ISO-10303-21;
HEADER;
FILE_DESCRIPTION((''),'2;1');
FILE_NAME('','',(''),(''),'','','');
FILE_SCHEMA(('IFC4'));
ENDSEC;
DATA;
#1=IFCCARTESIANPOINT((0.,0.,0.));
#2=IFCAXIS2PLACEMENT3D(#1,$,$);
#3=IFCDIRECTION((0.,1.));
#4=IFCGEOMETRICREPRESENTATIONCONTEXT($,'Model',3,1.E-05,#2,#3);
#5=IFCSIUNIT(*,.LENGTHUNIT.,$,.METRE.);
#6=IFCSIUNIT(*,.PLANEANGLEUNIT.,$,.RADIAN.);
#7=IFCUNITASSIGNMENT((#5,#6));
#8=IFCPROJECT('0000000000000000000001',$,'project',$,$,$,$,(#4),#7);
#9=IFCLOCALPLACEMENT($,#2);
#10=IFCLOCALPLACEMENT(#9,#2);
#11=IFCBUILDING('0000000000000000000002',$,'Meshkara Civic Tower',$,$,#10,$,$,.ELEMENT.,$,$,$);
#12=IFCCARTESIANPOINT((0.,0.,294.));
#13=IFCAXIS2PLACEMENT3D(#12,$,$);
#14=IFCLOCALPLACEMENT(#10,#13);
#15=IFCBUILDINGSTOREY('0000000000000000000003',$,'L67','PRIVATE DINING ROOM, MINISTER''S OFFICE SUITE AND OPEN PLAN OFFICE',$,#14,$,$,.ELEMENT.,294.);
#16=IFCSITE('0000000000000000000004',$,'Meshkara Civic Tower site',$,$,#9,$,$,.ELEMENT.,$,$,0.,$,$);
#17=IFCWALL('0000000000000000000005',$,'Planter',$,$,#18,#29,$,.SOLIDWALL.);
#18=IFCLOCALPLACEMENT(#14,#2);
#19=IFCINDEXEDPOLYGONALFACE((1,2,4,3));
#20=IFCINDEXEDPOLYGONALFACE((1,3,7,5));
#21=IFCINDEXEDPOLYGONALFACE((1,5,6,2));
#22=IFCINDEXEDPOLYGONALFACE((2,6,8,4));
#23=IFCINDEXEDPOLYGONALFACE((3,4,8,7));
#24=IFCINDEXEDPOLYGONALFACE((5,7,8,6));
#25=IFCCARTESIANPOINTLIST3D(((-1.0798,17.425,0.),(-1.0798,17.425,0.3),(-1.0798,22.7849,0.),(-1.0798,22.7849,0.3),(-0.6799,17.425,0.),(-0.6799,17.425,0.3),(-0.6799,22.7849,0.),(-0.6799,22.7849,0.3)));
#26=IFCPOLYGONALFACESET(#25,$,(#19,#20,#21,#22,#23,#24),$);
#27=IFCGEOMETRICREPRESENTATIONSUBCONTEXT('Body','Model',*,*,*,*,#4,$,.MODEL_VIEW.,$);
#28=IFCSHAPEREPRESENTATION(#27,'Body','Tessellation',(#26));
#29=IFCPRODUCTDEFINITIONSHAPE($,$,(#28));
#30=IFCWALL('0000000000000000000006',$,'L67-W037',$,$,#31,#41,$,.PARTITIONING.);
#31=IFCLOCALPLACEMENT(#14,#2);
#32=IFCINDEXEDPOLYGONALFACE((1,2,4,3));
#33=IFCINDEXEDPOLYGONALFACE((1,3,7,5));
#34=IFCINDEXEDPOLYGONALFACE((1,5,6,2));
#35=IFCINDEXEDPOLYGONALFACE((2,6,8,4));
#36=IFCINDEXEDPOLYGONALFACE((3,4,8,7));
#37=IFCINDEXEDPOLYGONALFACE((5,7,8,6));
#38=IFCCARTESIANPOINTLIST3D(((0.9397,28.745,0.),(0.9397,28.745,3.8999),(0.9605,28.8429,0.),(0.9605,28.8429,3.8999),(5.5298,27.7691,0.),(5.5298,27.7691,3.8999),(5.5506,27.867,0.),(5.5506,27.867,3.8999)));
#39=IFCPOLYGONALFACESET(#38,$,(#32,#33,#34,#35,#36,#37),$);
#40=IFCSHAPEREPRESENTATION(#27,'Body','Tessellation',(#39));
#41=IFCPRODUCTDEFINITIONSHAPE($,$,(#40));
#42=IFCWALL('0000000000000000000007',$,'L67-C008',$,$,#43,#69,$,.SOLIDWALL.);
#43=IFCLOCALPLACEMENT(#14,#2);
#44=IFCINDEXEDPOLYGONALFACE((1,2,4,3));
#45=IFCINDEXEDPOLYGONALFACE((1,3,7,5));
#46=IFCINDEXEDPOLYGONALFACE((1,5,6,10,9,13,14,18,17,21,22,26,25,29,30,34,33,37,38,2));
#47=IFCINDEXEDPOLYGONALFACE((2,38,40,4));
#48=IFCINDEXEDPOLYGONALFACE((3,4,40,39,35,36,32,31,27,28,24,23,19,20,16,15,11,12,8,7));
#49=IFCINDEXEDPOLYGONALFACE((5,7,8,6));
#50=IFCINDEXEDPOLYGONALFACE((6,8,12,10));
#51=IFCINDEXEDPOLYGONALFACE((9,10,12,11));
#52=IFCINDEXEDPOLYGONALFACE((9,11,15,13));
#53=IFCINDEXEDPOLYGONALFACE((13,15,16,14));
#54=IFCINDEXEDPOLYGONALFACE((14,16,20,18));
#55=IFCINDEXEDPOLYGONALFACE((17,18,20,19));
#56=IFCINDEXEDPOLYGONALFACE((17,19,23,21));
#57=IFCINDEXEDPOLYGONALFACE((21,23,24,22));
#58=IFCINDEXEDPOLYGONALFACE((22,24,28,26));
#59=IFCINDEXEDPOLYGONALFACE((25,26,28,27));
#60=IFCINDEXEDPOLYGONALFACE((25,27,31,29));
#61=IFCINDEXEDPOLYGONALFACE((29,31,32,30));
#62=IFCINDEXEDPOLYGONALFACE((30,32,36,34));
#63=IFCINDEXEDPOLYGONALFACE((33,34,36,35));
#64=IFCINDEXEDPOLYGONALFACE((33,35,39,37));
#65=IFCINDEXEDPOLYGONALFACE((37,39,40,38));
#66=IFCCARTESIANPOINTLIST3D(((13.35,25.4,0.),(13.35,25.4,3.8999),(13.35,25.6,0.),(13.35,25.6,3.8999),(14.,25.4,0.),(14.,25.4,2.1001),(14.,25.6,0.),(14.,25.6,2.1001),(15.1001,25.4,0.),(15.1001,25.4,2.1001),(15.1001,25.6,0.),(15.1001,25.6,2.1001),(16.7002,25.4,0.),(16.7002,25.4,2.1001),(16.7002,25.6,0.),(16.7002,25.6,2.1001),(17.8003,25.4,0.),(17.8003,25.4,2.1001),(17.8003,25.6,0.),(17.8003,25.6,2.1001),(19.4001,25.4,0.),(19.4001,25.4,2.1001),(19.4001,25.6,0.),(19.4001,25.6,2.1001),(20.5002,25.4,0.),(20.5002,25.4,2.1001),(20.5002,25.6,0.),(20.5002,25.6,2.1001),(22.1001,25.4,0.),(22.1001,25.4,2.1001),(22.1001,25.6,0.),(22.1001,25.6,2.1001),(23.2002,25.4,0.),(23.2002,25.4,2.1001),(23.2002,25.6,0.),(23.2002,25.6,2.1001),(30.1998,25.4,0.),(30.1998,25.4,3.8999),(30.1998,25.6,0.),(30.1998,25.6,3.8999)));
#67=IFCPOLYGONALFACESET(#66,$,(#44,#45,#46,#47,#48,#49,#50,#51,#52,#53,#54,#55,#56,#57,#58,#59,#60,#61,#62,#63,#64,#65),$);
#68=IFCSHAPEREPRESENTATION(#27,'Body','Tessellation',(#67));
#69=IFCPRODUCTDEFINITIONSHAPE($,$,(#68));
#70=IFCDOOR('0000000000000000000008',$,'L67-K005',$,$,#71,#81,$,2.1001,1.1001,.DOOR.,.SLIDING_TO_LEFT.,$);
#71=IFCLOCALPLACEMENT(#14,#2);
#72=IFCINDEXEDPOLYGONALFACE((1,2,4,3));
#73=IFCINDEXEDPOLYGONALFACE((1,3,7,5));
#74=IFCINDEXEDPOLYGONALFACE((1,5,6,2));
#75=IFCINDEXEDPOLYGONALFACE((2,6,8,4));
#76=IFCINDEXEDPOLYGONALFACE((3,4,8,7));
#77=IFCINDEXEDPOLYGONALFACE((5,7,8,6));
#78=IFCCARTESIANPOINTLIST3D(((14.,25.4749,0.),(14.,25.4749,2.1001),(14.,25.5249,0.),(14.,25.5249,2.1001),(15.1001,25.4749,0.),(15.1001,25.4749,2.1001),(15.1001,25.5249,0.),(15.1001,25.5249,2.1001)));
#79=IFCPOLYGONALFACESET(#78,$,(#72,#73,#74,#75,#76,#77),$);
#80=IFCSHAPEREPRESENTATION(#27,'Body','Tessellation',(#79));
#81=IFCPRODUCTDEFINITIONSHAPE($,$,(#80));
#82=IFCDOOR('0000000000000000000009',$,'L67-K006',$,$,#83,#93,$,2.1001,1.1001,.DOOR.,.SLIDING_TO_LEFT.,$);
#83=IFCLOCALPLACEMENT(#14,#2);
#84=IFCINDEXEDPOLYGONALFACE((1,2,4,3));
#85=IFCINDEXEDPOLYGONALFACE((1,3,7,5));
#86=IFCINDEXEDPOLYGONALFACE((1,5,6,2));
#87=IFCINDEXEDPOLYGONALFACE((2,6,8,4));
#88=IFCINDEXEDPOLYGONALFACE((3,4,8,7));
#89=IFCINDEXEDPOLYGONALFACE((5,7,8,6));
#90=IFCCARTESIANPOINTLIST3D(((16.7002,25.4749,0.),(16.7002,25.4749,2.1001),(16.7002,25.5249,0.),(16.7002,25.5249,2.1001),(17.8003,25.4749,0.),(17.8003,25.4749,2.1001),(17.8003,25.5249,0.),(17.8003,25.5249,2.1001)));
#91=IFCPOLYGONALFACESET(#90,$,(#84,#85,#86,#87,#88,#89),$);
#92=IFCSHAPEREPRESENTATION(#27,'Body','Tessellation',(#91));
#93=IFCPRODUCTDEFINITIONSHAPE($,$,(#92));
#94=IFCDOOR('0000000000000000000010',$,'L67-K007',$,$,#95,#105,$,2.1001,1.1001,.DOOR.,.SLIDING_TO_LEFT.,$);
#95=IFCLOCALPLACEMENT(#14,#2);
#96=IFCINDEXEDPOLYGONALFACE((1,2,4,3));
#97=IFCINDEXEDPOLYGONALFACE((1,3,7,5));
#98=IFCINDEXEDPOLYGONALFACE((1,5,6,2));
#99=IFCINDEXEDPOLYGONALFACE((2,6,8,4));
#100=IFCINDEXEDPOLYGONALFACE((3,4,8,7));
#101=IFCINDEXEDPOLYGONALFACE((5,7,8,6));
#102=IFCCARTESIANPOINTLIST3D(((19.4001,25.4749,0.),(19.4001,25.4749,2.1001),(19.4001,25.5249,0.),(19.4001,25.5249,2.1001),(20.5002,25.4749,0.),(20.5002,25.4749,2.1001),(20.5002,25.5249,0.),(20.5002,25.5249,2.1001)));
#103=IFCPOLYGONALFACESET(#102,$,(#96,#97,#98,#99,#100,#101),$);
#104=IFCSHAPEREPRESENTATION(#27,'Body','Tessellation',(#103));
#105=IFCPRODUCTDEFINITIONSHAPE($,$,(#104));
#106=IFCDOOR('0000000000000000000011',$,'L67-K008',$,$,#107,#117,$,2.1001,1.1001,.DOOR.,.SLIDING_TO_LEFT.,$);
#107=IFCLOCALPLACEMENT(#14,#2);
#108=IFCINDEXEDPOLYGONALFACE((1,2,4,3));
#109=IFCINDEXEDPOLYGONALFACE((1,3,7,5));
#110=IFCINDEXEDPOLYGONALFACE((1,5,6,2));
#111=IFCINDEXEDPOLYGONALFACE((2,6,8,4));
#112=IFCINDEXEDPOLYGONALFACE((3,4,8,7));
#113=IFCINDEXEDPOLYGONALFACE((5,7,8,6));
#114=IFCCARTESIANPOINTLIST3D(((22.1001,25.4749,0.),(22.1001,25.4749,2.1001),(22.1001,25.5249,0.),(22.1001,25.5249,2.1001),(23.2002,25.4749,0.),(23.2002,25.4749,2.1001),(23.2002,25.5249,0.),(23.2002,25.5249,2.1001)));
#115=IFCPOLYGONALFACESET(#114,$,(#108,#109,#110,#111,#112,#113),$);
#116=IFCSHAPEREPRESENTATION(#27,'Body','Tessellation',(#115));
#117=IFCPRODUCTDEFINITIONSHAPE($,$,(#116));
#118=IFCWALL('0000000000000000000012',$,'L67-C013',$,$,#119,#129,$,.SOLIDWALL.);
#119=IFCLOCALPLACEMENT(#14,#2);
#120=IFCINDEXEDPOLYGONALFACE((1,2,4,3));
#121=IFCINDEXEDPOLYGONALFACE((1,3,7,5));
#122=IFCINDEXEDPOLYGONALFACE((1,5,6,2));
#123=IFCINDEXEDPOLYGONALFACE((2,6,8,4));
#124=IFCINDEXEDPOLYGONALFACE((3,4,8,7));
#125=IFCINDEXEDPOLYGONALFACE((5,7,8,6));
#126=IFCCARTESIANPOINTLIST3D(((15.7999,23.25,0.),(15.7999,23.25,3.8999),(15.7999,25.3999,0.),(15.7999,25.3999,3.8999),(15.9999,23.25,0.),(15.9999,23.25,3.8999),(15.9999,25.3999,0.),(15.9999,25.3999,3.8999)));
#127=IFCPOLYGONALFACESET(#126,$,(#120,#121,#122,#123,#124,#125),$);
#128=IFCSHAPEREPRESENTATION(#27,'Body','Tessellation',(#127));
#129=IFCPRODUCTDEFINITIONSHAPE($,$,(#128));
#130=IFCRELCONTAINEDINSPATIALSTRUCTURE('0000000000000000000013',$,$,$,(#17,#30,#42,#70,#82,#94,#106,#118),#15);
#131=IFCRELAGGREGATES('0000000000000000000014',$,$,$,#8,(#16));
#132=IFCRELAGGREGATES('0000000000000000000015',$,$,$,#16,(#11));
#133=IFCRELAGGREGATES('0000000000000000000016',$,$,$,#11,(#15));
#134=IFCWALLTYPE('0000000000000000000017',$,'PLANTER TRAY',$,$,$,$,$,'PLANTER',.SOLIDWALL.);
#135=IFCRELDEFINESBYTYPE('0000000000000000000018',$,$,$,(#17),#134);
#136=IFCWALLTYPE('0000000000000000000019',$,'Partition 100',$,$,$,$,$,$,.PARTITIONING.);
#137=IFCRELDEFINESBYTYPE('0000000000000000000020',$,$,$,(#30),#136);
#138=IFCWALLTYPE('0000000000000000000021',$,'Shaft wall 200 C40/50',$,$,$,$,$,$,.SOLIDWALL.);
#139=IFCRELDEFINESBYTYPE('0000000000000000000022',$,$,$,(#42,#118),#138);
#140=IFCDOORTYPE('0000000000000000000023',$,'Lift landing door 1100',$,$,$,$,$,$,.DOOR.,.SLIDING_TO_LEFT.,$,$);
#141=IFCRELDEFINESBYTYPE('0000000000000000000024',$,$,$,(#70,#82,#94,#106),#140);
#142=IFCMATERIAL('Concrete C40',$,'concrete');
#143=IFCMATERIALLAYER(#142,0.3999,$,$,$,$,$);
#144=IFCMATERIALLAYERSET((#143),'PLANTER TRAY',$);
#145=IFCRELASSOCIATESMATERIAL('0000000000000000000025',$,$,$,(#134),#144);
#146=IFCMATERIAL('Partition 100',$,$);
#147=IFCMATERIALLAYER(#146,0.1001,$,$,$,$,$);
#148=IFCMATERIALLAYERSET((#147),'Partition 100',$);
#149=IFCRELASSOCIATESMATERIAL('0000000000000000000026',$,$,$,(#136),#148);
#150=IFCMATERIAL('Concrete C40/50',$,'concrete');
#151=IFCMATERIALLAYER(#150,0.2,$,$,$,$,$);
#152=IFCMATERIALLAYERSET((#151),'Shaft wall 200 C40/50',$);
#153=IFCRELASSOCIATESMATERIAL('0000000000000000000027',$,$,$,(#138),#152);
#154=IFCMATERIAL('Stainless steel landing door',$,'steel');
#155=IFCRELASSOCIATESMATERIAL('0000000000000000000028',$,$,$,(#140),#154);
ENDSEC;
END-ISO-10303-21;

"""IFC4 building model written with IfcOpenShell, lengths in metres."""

from ifc_helpers import new_model, si_unit, direction, frame, frame_2d, origin, place, context, subcontext, project, spatial, rectangle, extrude, material, layer, layer_set, type_object, element, fill, save


model = new_model("IFC4")

# Units and contexts
model_context = context("Model", 3, precision=1e-05, world=origin(), true_north=direction((0.0, 1.0)))
body_context = subcontext(model_context, "Body", "Model", "MODEL_VIEW")
ifc_project = project(units=[si_unit("LENGTHUNIT", "METRE"), si_unit("PLANEANGLEUNIT", "RADIAN")], contexts=[model_context])

# Site, building, storey
site_placement = place(None, origin())
site = spatial("IfcSite", under=ifc_project, at=site_placement, Name="Meshkara Civic Tower site", CompositionType="ELEMENT", RefElevation=0.0)
building_placement = place(site_placement, origin())
building = spatial("IfcBuilding", under=site, at=building_placement, Name="Meshkara Civic Tower", CompositionType="ELEMENT")
storey_placement = place(building_placement, frame((0.0, 0.0, 294.0)))
storey = spatial("IfcBuildingStorey", under=building, at=storey_placement, Name="L67", Description="PRIVATE DINING ROOM, MINISTER'S OFFICE SUITE AND OPEN PLAN OFFICE", CompositionType="ELEMENT", Elevation=294.0)

# Walls
ifc_material_1 = material(Name="Concrete C40", Category="concrete")
ifc_layer_1 = layer(ifc_material_1, 0.3999)
ifc_layer_set_1 = layer_set([ifc_layer_1], Name="PLANTER TRAY")
wall_type_1 = type_object("IfcWallType", Name="PLANTER TRAY", ElementType="PLANTER", PredefinedType="SOLIDWALL", material=ifc_layer_set_1)
wall_1_placement = place(storey_placement, frame((-0.8799, 22.7849, 0.0), z_axis=(0.0, 0.0, 1.0), x_axis=(0.0, -1.0, 0.0)))
element("IfcWall", 1, at=wall_1_placement, inside=storey, type_object=wall_type_1, Name="Planter", PredefinedType="SOLIDWALL", context=body_context, shape_type="SweptSolid", body=[
    extrude(rectangle(XDim=5.3599, YDim=0.3999, at=frame_2d((2.6799, 0.0))), origin(), (0.0, 0.0, 1.0), 0.3),
])
ifc_material_2 = material(Name="Partition 100")
ifc_layer_2 = layer(ifc_material_2, 0.1001)
ifc_layer_set_2 = layer_set([ifc_layer_2], Name="Partition 100")
wall_type_2 = type_object("IfcWallType", Name="Partition 100", PredefinedType="PARTITIONING", material=ifc_layer_set_2)
wall_2_placement = place(storey_placement, frame((5.54, 27.8181, 0.0), z_axis=(0.0, 0.0, 1.0), x_axis=(-0.97814, 0.207948, 0.0)))
element("IfcWall", 2, at=wall_2_placement, inside=storey, type_object=wall_type_2, Name="L67-W037", PredefinedType="PARTITIONING", context=body_context, shape_type="SweptSolid", body=[
    extrude(rectangle(XDim=4.6926, YDim=0.1001, at=frame_2d((2.3462, 0.0))), origin(), (0.0, 0.0, 1.0), 3.8999),
])

# Wall, openings, doors
ifc_material_3 = material(Name="Concrete C40/50", Category="concrete")
ifc_layer_3 = layer(ifc_material_3, 0.2)
ifc_layer_set_3 = layer_set([ifc_layer_3], Name="Shaft wall 200 C40/50")
wall_type_3 = type_object("IfcWallType", Name="Shaft wall 200 C40/50", PredefinedType="SOLIDWALL", material=ifc_layer_set_3)
wall_3_placement = place(storey_placement, frame((13.3501, 25.5, 0.0), z_axis=(0.0, 0.0, 1.0), x_axis=(1.0, 0.0, 0.0)))
wall_3 = element("IfcWall", 3, at=wall_3_placement, inside=storey, type_object=wall_type_3, Name="L67-C008", PredefinedType="SOLIDWALL", context=body_context, shape_type="SweptSolid", body=[
    extrude(rectangle(XDim=16.8499, YDim=0.2, at=frame_2d((8.4248, 0.0))), origin(), (0.0, 0.0, 1.0), 3.8999),
])
opening_1_placement = place(wall_3_placement, frame((0.6499, 0.0, 0.0)))
opening_1 = element("IfcOpeningElement", 4, at=opening_1_placement, cuts=wall_3, PredefinedType="OPENING", context=body_context, shape_type="SweptSolid", body=[
    extrude(rectangle(XDim=1.1001, YDim=2.1001, at=frame_2d((0.55, 1.05))), frame((0.0, 0.1099, 0.0), z_axis=(0.0, -1.0, 0.0), x_axis=(1.0, 0.0, 0.0)), (0.0, 0.0, 1.0), 0.22),
])
opening_2_placement = place(wall_3_placement, frame((3.3501, 0.0, 0.0)))
opening_2 = element("IfcOpeningElement", 5, at=opening_2_placement, cuts=wall_3, PredefinedType="OPENING", context=body_context, shape_type="SweptSolid", body=[
    extrude(rectangle(XDim=1.1001, YDim=2.1001, at=frame_2d((0.55, 1.05))), frame((0.0, 0.1099, 0.0), z_axis=(0.0, -1.0, 0.0), x_axis=(1.0, 0.0, 0.0)), (0.0, 0.0, 1.0), 0.22),
])
opening_3_placement = place(wall_3_placement, frame((6.05, 0.0, 0.0)))
opening_3 = element("IfcOpeningElement", 6, at=opening_3_placement, cuts=wall_3, PredefinedType="OPENING", context=body_context, shape_type="SweptSolid", body=[
    extrude(rectangle(XDim=1.1001, YDim=2.1001, at=frame_2d((0.55, 1.05))), frame((0.0, 0.1099, 0.0), z_axis=(0.0, -1.0, 0.0), x_axis=(1.0, 0.0, 0.0)), (0.0, 0.0, 1.0), 0.22),
])
opening_4_placement = place(wall_3_placement, frame((8.75, 0.0, 0.0)))
opening_4 = element("IfcOpeningElement", 7, at=opening_4_placement, cuts=wall_3, PredefinedType="OPENING", context=body_context, shape_type="SweptSolid", body=[
    extrude(rectangle(XDim=1.1001, YDim=2.1001, at=frame_2d((0.55, 1.05))), frame((0.0, 0.1099, 0.0), z_axis=(0.0, -1.0, 0.0), x_axis=(1.0, 0.0, 0.0)), (0.0, 0.0, 1.0), 0.22),
])
ifc_material_4 = material(Name="Stainless steel landing door", Category="steel")
door_type_1 = type_object("IfcDoorType", Name="Lift landing door 1100", OperationType="SLIDING_TO_LEFT", PredefinedType="DOOR", material=ifc_material_4)
door_1_placement = place(opening_1_placement, origin())
door_1 = element("IfcDoor", 8, at=door_1_placement, inside=storey, type_object=door_type_1, Name="L67-K005", OperationType="SLIDING_TO_LEFT", OverallHeight=2.1001, OverallWidth=1.1001, PredefinedType="DOOR", context=body_context, shape_type="SweptSolid", body=[
    extrude(rectangle(XDim=1.1001, YDim=2.1001, at=frame_2d((0.55, 1.05))), frame((0.0, 0.0249, 0.0), z_axis=(0.0, -1.0, 0.0), x_axis=(1.0, 0.0, 0.0)), (0.0, 0.0, 1.0), 0.05),
])
fill(opening_1, door_1)
door_2_placement = place(opening_2_placement, origin())
door_2 = element("IfcDoor", 9, at=door_2_placement, inside=storey, type_object=door_type_1, Name="L67-K006", OperationType="SLIDING_TO_LEFT", OverallHeight=2.1001, OverallWidth=1.1001, PredefinedType="DOOR", context=body_context, shape_type="SweptSolid", body=[
    extrude(rectangle(XDim=1.1001, YDim=2.1001, at=frame_2d((0.55, 1.05))), frame((0.0, 0.0249, 0.0), z_axis=(0.0, -1.0, 0.0), x_axis=(1.0, 0.0, 0.0)), (0.0, 0.0, 1.0), 0.05),
])
fill(opening_2, door_2)
door_3_placement = place(opening_3_placement, origin())
door_3 = element("IfcDoor", 10, at=door_3_placement, inside=storey, type_object=door_type_1, Name="L67-K007", OperationType="SLIDING_TO_LEFT", OverallHeight=2.1001, OverallWidth=1.1001, PredefinedType="DOOR", context=body_context, shape_type="SweptSolid", body=[
    extrude(rectangle(XDim=1.1001, YDim=2.1001, at=frame_2d((0.55, 1.05))), frame((0.0, 0.0249, 0.0), z_axis=(0.0, -1.0, 0.0), x_axis=(1.0, 0.0, 0.0)), (0.0, 0.0, 1.0), 0.05),
])
fill(opening_3, door_3)
door_4_placement = place(opening_4_placement, origin())
door_4 = element("IfcDoor", 11, at=door_4_placement, inside=storey, type_object=door_type_1, Name="L67-K008", OperationType="SLIDING_TO_LEFT", OverallHeight=2.1001, OverallWidth=1.1001, PredefinedType="DOOR", context=body_context, shape_type="SweptSolid", body=[
    extrude(rectangle(XDim=1.1001, YDim=2.1001, at=frame_2d((0.55, 1.05))), frame((0.0, 0.0249, 0.0), z_axis=(0.0, -1.0, 0.0), x_axis=(1.0, 0.0, 0.0)), (0.0, 0.0, 1.0), 0.05),
])
fill(opening_4, door_4)

# Wall
wall_4_placement = place(storey_placement, frame((15.8999, 23.25, 0.0), z_axis=(0.0, 0.0, 1.0), x_axis=(0.0, 1.0, 0.0)))
element("IfcWall", 12, at=wall_4_placement, inside=storey, type_object=wall_type_3, Name="L67-C013", PredefinedType="SOLIDWALL", context=body_context, shape_type="SweptSolid", body=[
    extrude(rectangle(XDim=2.1499, YDim=0.2, at=frame_2d((1.075, 0.0))), origin(), (0.0, 0.0, 1.0), 3.8999),
])

save(model, "model.ifc")
